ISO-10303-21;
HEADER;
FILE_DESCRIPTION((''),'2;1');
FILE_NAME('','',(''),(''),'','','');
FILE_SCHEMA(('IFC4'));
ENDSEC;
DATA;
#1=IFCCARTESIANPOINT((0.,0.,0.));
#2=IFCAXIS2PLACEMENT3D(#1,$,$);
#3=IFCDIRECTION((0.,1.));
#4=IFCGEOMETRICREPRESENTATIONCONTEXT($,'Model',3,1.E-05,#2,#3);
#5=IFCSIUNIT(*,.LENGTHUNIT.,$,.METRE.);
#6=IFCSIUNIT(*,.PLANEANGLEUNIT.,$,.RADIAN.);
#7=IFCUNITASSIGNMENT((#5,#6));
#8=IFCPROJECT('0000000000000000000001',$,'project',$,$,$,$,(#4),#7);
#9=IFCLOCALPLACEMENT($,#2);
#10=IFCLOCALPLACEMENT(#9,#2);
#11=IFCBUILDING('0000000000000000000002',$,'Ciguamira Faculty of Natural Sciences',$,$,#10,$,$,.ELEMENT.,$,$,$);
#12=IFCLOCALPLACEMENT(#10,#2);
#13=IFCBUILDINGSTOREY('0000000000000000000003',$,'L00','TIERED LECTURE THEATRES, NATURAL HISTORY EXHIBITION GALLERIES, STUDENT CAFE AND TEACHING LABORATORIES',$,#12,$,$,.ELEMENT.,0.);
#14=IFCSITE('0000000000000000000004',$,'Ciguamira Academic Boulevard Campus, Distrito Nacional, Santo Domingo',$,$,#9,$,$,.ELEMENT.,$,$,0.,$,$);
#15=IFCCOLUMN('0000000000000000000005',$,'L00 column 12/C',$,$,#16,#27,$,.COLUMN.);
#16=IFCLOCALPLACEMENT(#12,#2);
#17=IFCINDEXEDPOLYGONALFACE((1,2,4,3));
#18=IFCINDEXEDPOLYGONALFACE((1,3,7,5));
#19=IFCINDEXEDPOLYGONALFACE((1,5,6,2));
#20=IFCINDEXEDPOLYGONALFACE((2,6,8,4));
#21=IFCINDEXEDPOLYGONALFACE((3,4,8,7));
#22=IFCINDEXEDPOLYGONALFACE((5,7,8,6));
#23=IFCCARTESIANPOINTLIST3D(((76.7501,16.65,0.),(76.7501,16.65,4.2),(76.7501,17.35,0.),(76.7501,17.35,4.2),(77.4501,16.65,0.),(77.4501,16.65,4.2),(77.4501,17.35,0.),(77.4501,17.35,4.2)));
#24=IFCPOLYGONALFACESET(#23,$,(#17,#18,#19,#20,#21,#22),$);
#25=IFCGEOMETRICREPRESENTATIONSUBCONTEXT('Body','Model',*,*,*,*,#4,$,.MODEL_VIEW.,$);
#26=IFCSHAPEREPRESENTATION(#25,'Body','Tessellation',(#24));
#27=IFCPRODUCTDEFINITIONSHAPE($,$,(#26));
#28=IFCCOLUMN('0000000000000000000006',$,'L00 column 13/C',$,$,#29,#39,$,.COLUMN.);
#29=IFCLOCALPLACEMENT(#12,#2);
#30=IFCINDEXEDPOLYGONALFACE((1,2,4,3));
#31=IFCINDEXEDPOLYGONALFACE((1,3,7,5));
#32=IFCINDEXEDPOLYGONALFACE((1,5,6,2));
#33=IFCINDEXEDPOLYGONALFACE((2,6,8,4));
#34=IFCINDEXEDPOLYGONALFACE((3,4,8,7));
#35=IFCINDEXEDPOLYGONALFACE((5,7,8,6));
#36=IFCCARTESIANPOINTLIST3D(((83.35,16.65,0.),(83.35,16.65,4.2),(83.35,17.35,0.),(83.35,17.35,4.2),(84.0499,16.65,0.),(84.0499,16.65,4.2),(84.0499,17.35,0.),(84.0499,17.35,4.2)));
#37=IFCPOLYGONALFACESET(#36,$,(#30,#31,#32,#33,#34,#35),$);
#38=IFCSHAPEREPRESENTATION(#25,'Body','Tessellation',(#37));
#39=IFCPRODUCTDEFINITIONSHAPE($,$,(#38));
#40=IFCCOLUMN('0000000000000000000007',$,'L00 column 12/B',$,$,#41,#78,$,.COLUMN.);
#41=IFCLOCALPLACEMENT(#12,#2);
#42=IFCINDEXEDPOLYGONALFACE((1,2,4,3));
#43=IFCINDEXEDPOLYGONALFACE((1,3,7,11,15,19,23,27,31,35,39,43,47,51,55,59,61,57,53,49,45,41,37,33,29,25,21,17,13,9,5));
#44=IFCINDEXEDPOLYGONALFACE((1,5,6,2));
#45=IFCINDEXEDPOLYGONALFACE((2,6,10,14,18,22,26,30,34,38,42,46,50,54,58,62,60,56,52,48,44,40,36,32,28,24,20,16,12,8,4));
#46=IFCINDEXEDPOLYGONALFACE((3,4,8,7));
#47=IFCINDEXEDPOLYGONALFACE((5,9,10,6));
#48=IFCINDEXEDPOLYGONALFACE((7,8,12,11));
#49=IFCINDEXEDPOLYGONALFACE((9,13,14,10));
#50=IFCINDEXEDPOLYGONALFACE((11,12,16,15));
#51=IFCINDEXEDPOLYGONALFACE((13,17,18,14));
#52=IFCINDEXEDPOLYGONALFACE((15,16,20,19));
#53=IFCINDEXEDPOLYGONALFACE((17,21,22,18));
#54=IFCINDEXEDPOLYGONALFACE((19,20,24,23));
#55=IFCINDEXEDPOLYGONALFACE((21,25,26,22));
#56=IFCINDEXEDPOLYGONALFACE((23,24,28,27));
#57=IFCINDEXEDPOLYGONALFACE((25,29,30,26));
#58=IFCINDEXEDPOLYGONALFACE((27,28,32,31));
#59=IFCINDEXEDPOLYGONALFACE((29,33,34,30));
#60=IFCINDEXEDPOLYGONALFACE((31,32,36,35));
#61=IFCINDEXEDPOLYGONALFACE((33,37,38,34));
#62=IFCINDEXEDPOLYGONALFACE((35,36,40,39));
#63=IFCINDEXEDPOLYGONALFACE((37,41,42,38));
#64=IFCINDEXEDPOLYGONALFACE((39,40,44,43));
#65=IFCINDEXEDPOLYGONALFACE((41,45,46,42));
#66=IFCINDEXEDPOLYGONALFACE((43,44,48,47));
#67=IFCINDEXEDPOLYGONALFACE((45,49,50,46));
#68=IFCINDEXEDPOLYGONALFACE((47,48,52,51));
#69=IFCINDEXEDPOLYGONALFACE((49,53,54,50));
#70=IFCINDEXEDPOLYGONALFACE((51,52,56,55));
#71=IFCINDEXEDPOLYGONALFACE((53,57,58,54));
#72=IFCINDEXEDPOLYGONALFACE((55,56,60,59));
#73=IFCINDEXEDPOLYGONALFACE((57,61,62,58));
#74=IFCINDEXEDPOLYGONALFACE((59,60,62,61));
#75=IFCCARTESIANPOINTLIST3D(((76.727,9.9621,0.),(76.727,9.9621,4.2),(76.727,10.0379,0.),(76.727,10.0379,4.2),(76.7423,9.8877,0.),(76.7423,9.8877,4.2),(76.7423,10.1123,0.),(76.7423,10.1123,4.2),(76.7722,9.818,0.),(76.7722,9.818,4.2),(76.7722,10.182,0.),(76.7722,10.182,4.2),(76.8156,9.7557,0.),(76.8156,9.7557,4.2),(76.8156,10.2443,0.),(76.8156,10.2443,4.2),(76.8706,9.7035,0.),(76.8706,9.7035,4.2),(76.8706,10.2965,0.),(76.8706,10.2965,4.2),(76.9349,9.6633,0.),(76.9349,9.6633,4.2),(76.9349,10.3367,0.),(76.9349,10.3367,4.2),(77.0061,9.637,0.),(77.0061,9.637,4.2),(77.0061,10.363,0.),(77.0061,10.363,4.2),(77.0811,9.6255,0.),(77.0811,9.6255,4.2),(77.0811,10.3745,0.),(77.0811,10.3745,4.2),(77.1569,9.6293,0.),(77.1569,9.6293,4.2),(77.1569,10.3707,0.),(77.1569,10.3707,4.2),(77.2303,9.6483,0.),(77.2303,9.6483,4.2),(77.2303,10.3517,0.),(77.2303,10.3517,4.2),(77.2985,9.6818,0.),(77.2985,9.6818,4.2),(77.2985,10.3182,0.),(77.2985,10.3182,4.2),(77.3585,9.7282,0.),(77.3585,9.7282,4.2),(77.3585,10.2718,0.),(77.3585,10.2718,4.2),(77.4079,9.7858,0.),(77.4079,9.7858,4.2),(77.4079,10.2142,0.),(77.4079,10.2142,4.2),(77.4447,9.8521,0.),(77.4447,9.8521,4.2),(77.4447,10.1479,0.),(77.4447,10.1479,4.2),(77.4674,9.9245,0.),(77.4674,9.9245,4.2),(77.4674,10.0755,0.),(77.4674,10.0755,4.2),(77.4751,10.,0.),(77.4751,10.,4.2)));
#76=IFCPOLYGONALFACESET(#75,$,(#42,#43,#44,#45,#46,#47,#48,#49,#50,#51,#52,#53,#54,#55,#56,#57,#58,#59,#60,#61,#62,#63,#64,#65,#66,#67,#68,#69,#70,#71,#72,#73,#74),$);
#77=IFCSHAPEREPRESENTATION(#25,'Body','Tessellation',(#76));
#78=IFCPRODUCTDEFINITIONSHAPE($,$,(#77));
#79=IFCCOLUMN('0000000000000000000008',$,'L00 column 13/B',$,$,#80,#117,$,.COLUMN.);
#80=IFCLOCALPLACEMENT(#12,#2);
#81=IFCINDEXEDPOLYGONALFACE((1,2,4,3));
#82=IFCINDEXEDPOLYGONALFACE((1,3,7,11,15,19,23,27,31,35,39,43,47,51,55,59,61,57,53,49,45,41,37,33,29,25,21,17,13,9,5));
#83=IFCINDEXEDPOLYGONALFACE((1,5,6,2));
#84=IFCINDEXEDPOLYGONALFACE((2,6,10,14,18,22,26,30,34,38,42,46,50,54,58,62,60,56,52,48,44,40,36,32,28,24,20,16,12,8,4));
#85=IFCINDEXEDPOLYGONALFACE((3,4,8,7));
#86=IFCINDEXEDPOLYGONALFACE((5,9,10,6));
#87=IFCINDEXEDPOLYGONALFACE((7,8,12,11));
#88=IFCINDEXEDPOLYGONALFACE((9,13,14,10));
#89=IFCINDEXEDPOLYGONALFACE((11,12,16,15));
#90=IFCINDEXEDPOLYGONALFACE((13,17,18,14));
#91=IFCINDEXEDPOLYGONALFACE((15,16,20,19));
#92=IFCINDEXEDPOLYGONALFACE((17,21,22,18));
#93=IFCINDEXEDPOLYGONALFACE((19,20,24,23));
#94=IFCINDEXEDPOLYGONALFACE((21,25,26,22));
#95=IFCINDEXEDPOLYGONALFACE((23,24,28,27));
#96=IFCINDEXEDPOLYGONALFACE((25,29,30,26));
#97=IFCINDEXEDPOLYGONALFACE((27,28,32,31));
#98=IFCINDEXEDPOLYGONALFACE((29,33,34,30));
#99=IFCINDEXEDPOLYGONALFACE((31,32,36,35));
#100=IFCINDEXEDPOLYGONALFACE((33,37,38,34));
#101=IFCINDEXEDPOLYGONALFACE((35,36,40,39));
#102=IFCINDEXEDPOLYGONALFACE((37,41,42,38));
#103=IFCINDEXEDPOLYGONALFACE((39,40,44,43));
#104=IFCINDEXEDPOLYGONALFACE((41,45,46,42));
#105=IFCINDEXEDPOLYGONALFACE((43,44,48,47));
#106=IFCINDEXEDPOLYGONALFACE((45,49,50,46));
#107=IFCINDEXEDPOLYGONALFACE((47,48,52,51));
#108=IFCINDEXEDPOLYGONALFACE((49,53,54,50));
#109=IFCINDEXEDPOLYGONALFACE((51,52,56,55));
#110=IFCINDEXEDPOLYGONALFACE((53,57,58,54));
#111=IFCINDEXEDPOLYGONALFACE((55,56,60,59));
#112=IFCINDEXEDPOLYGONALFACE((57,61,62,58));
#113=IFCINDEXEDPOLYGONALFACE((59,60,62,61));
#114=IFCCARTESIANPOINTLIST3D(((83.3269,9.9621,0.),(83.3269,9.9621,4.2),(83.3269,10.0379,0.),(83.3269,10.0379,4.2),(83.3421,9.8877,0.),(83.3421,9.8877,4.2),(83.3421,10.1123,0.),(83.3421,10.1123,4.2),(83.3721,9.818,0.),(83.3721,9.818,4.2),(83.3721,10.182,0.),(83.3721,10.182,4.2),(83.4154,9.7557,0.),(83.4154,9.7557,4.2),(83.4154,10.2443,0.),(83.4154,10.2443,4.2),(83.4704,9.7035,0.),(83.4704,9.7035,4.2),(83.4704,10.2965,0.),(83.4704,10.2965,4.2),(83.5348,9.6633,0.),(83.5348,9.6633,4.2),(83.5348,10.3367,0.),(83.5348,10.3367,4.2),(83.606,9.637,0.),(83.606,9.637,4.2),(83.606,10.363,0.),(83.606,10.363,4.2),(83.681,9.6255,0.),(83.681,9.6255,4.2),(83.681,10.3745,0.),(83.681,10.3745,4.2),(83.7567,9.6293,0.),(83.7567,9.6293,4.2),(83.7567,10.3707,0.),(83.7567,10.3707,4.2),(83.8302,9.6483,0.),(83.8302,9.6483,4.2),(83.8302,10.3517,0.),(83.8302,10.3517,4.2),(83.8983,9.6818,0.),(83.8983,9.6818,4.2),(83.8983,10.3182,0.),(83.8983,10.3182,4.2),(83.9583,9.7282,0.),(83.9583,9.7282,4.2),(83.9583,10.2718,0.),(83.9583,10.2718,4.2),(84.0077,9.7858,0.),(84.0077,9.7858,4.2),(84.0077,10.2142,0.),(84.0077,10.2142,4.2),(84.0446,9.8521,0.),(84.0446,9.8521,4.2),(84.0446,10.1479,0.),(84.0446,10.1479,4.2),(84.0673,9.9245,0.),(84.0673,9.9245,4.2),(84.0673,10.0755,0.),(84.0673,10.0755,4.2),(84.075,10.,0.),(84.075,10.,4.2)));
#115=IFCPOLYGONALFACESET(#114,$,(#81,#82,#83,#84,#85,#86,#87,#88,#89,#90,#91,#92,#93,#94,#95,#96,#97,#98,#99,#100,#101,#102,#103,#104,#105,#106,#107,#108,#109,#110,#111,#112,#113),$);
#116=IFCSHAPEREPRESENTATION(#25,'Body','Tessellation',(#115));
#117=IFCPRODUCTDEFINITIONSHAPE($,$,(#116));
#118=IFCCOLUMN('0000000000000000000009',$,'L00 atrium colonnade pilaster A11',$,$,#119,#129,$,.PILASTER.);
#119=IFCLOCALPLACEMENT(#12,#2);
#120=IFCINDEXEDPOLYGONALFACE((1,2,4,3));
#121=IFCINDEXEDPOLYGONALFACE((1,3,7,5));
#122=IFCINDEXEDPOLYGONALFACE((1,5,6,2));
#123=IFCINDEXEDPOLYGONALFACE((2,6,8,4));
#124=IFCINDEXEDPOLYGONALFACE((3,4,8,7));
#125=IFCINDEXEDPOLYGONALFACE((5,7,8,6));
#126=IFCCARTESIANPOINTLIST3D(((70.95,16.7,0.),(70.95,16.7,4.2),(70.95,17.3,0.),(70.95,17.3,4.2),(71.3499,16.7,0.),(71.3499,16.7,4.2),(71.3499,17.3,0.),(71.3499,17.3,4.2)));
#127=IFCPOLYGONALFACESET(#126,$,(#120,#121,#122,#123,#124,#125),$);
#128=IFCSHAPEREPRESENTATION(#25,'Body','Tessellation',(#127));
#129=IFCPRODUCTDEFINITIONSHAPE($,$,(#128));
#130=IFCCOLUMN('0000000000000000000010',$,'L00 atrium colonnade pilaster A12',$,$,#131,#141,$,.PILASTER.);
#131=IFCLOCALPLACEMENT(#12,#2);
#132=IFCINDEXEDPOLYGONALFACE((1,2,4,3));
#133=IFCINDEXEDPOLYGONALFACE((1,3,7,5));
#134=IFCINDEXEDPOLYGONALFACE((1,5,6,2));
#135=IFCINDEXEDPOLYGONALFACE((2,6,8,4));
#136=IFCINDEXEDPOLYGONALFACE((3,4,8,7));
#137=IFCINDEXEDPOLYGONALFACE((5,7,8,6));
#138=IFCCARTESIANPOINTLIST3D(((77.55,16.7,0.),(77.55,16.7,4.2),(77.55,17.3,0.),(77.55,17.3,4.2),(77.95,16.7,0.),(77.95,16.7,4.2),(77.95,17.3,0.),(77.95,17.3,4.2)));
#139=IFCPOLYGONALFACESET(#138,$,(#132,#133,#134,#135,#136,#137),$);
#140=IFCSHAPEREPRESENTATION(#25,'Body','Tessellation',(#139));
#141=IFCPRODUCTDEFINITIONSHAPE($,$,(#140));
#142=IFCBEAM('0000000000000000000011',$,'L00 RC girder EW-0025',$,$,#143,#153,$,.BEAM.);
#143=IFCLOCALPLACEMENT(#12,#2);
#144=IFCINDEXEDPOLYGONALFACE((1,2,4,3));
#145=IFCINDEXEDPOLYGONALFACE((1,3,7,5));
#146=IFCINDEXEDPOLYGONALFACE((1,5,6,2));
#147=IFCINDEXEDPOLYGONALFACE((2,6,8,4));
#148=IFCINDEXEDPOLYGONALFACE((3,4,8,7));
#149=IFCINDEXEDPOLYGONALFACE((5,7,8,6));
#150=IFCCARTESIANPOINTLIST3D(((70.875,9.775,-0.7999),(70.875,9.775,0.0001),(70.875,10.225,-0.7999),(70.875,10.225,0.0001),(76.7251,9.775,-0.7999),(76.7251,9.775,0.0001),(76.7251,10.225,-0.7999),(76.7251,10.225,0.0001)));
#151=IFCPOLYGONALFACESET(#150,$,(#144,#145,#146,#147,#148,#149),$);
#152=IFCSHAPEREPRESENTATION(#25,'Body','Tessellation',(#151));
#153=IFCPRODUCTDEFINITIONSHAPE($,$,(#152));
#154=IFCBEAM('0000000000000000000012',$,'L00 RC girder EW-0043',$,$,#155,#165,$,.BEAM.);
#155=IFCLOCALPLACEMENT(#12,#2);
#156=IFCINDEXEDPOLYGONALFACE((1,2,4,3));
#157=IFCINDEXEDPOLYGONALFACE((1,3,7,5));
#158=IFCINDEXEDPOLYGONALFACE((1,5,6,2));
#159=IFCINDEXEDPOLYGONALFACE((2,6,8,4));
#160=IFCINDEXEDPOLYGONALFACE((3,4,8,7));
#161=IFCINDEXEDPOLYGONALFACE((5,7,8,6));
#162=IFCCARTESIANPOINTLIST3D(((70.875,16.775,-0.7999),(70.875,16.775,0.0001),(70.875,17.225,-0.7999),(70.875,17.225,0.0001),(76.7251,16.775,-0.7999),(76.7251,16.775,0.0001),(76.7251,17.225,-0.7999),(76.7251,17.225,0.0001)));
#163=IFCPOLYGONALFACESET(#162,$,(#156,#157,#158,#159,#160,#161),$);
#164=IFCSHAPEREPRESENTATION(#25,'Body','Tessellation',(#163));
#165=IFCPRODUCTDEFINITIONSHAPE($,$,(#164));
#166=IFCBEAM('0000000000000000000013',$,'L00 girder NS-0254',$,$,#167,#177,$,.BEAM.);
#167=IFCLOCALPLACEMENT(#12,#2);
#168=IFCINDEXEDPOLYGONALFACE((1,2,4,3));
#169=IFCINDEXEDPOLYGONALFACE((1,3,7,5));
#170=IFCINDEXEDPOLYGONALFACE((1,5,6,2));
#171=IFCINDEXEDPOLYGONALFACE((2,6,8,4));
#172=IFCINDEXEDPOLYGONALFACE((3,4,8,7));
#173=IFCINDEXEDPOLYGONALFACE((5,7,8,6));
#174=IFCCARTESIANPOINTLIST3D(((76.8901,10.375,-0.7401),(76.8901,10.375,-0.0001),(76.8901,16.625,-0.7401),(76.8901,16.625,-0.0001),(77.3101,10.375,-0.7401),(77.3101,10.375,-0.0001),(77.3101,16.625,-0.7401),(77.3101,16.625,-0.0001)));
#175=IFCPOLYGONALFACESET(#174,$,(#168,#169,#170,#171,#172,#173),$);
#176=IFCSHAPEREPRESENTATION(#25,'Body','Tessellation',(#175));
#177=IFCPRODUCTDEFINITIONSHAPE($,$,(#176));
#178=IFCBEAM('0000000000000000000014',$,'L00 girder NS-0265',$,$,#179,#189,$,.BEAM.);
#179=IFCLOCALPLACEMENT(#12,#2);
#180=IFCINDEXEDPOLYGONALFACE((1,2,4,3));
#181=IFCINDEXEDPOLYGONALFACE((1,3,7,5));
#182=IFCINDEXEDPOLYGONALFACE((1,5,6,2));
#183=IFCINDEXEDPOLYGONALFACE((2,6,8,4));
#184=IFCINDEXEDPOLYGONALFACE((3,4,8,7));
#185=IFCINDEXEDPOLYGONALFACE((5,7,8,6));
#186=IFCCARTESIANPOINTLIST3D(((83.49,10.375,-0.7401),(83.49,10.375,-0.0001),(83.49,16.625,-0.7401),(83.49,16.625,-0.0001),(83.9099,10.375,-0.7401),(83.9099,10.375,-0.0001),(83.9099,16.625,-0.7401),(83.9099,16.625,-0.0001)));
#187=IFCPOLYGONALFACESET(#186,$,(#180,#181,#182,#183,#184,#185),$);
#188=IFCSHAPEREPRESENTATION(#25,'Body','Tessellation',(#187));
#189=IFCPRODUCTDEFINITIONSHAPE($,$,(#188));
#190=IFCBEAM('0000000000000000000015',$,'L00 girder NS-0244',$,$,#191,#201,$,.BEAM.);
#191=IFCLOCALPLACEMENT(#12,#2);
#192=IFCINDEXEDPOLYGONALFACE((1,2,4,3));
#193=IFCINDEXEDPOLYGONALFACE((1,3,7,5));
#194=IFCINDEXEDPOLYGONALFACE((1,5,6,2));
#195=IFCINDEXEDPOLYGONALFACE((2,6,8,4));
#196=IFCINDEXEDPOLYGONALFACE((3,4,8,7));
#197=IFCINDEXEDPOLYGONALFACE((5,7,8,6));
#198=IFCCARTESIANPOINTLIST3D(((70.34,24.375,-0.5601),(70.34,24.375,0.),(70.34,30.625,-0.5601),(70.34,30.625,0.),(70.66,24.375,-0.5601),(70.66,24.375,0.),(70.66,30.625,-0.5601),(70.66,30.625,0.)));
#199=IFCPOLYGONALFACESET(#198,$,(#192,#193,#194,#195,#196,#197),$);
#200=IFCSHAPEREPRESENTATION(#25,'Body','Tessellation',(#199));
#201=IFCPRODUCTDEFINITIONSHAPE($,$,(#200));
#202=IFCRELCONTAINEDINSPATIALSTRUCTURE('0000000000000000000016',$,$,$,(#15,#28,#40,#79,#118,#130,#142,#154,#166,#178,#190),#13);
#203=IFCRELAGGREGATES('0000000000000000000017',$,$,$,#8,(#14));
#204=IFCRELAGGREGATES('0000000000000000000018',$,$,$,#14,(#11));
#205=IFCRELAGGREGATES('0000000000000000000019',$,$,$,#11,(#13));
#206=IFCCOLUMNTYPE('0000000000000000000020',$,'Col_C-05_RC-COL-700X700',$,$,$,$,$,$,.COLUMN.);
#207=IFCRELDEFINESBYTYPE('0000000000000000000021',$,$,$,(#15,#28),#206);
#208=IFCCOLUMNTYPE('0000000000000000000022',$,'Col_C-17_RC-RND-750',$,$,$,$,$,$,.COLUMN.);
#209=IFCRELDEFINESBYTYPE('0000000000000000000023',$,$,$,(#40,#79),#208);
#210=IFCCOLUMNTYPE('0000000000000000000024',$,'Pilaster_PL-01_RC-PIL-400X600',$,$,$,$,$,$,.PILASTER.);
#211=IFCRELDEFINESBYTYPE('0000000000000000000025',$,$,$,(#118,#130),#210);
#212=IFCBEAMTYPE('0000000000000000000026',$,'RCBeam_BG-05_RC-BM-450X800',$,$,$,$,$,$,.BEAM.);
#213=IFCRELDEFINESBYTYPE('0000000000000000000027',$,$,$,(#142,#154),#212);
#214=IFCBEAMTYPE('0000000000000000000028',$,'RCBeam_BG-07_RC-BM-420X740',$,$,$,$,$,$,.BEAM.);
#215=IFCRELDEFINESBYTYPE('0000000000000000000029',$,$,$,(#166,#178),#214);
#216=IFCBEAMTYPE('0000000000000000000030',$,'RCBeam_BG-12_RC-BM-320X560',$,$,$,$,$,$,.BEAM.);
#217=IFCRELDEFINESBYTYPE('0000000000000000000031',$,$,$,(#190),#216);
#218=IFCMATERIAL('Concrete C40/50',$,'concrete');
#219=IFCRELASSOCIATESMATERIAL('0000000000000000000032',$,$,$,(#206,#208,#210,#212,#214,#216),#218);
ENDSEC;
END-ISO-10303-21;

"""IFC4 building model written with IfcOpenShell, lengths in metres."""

from ifc_helpers import new_model, si_unit, direction, frame, origin, origin_2d, place, context, subcontext, project, spatial, rectangle, circle, extrude, material, material_profile, profile_set, type_object, element, save


model = new_model("IFC4")

# Units and contexts
model_context = context("Model", 3, precision=1e-05, world=origin(), true_north=direction((0.0, 1.0)))
body_context = subcontext(model_context, "Body", "Model", "MODEL_VIEW")
ifc_project = project(units=[si_unit("LENGTHUNIT", "METRE"), si_unit("PLANEANGLEUNIT", "RADIAN")], contexts=[model_context])

# Site, building, storey
site_placement = place(None, origin())
site = spatial("IfcSite", under=ifc_project, at=site_placement, Name="Ciguamira Academic Boulevard Campus, Distrito Nacional, Santo Domingo", CompositionType="ELEMENT", RefElevation=0.0)
building_placement = place(site_placement, origin())
building = spatial("IfcBuilding", under=site, at=building_placement, Name="Ciguamira Faculty of Natural Sciences", CompositionType="ELEMENT")
storey_placement = place(building_placement, origin())
storey = spatial("IfcBuildingStorey", under=building, at=storey_placement, Name="L00", Description="TIERED LECTURE THEATRES, NATURAL HISTORY EXHIBITION GALLERIES, STUDENT CAFE AND TEACHING LABORATORIES", CompositionType="ELEMENT", Elevation=0.0)

# Columns
ifc_material_1 = material(Name="Concrete C40/50", Category="concrete")
ifc_material_profile_1 = material_profile(ifc_material_1, rectangle(XDim=0.7, YDim=0.7, at=origin_2d()), Name="RC-COL-700X700")
ifc_profile_set_1 = profile_set([ifc_material_profile_1], Name="Concrete C40/50")
column_type_1 = type_object("IfcColumnType", Name="Col_C-05_RC-COL-700X700", PredefinedType="COLUMN", material=ifc_profile_set_1)
for number, where, z_axis, x_axis, name in (
    (1, (77.1001, 17.0, 0.0), (0.0, 0.0, 1.0), (1.0, 0.0, 0.0), "L00 column 12/C"),
    (2, (83.7, 17.0, 0.0), (0.0, 0.0, 1.0), (1.0, 0.0, 0.0), "L00 column 13/C"),
):
    element("IfcColumn", number, at=place(storey_placement, frame(where, z_axis=z_axis, x_axis=x_axis)), inside=storey, type_object=column_type_1, Name=name, PredefinedType="COLUMN", context=body_context, shape_type="SweptSolid", body=[
        extrude(rectangle(XDim=0.7, YDim=0.7, at=origin_2d()), origin(), (0.0, 0.0, 1.0), 4.2),
    ])
ifc_material_profile_2 = material_profile(ifc_material_1, circle(Radius=0.375, at=origin_2d()), Name="RC-RND-750")
ifc_profile_set_2 = profile_set([ifc_material_profile_2], Name="Concrete C40/50")
column_type_2 = type_object("IfcColumnType", Name="Col_C-17_RC-RND-750", PredefinedType="COLUMN", material=ifc_profile_set_2)
for number, where, z_axis, x_axis, name in (
    (3, (77.1001, 10.0, 0.0), (0.0, 0.0, 1.0), (1.0, 0.0, 0.0), "L00 column 12/B"),
    (4, (83.7, 10.0, 0.0), (0.0, 0.0, 1.0), (1.0, 0.0, 0.0), "L00 column 13/B"),
):
    element("IfcColumn", number, at=place(storey_placement, frame(where, z_axis=z_axis, x_axis=x_axis)), inside=storey, type_object=column_type_2, Name=name, PredefinedType="COLUMN", context=body_context, shape_type="SweptSolid", body=[
        extrude(circle(Radius=0.375, at=origin_2d()), origin(), (0.0, 0.0, 1.0), 4.2),
    ])
ifc_material_profile_3 = material_profile(ifc_material_1, rectangle(XDim=0.3999, YDim=0.6001, at=origin_2d()), Name="RC-PIL-400X600")
ifc_profile_set_3 = profile_set([ifc_material_profile_3], Name="Concrete C40/50")
column_type_3 = type_object("IfcColumnType", Name="Pilaster_PL-01_RC-PIL-400X600", PredefinedType="PILASTER", material=ifc_profile_set_3)
for number, where, z_axis, x_axis, name in (
    (5, (71.1499, 17.0, 0.0), (0.0, 0.0, 1.0), (1.0, 0.0, 0.0), "L00 atrium colonnade pilaster A11"),
    (6, (77.75, 17.0, 0.0), (0.0, 0.0, 1.0), (1.0, 0.0, 0.0), "L00 atrium colonnade pilaster A12"),
):
    element("IfcColumn", number, at=place(storey_placement, frame(where, z_axis=z_axis, x_axis=x_axis)), inside=storey, type_object=column_type_3, Name=name, PredefinedType="PILASTER", context=body_context, shape_type="SweptSolid", body=[
        extrude(rectangle(XDim=0.3999, YDim=0.6001, at=origin_2d()), origin(), (0.0, 0.0, 1.0), 4.2),
    ])

# Beams
ifc_material_profile_4 = material_profile(ifc_material_1, rectangle(XDim=0.45, YDim=0.8, at=origin_2d()), Name="RC-BM-450X800")
ifc_profile_set_4 = profile_set([ifc_material_profile_4], Name="Concrete C40/50")
beam_type_1 = type_object("IfcBeamType", Name="RCBeam_BG-05_RC-BM-450X800", PredefinedType="BEAM", material=ifc_profile_set_4)
for number, where, z_axis, x_axis, name in (
    (7, (70.875, 10.0, -0.3999), (1.0, 0.0, 0.0), (0.0, 1.0, 0.0), "L00 RC girder EW-0025"),
    (8, (70.875, 17.0, -0.3999), (1.0, 0.0, 0.0), (0.0, 1.0, 0.0), "L00 RC girder EW-0043"),
):
    element("IfcBeam", number, at=place(storey_placement, frame(where, z_axis=z_axis, x_axis=x_axis)), inside=storey, type_object=beam_type_1, Name=name, PredefinedType="BEAM", context=body_context, shape_type="SweptSolid", body=[
        extrude(rectangle(XDim=0.45, YDim=0.8, at=origin_2d()), origin(), (0.0, 0.0, 1.0), 5.8501),
    ])
ifc_material_profile_5 = material_profile(ifc_material_1, rectangle(XDim=0.4199, YDim=0.74, at=origin_2d()), Name="RC-BM-420X740")
ifc_profile_set_5 = profile_set([ifc_material_profile_5], Name="Concrete C40/50")
beam_type_2 = type_object("IfcBeamType", Name="RCBeam_BG-07_RC-BM-420X740", PredefinedType="BEAM", material=ifc_profile_set_5)
for number, where, z_axis, x_axis, name in (
    (9, (77.1001, 10.375, -0.3701), (0.0, 1.0, 0.0), (-1.0, 0.0, 0.0), "L00 girder NS-0254"),
    (10, (83.7, 10.375, -0.3701), (0.0, 1.0, 0.0), (-1.0, 0.0, 0.0), "L00 girder NS-0265"),
):
    element("IfcBeam", number, at=place(storey_placement, frame(where, z_axis=z_axis, x_axis=x_axis)), inside=storey, type_object=beam_type_2, Name=name, PredefinedType="BEAM", context=body_context, shape_type="SweptSolid", body=[
        extrude(rectangle(XDim=0.4199, YDim=0.74, at=origin_2d()), origin(), (0.0, 0.0, 1.0), 6.25),
    ])
ifc_material_profile_6 = material_profile(ifc_material_1, rectangle(XDim=0.3201, YDim=0.5601, at=origin_2d()), Name="RC-BM-320X560")
ifc_profile_set_6 = profile_set([ifc_material_profile_6], Name="Concrete C40/50")
beam_type_3 = type_object("IfcBeamType", Name="RCBeam_BG-12_RC-BM-320X560", PredefinedType="BEAM", material=ifc_profile_set_6)
beam_1_placement = place(storey_placement, frame((70.5, 24.375, -0.28), z_axis=(0.0, 1.0, 0.0), x_axis=(-1.0, 0.0, 0.0)))
element("IfcBeam", 11, at=beam_1_placement, inside=storey, type_object=beam_type_3, Name="L00 girder NS-0244", PredefinedType="BEAM", context=body_context, shape_type="SweptSolid", body=[
    extrude(rectangle(XDim=0.3201, YDim=0.5601, at=origin_2d()), origin(), (0.0, 0.0, 1.0), 6.25),
])

save(model, "model.ifc")
